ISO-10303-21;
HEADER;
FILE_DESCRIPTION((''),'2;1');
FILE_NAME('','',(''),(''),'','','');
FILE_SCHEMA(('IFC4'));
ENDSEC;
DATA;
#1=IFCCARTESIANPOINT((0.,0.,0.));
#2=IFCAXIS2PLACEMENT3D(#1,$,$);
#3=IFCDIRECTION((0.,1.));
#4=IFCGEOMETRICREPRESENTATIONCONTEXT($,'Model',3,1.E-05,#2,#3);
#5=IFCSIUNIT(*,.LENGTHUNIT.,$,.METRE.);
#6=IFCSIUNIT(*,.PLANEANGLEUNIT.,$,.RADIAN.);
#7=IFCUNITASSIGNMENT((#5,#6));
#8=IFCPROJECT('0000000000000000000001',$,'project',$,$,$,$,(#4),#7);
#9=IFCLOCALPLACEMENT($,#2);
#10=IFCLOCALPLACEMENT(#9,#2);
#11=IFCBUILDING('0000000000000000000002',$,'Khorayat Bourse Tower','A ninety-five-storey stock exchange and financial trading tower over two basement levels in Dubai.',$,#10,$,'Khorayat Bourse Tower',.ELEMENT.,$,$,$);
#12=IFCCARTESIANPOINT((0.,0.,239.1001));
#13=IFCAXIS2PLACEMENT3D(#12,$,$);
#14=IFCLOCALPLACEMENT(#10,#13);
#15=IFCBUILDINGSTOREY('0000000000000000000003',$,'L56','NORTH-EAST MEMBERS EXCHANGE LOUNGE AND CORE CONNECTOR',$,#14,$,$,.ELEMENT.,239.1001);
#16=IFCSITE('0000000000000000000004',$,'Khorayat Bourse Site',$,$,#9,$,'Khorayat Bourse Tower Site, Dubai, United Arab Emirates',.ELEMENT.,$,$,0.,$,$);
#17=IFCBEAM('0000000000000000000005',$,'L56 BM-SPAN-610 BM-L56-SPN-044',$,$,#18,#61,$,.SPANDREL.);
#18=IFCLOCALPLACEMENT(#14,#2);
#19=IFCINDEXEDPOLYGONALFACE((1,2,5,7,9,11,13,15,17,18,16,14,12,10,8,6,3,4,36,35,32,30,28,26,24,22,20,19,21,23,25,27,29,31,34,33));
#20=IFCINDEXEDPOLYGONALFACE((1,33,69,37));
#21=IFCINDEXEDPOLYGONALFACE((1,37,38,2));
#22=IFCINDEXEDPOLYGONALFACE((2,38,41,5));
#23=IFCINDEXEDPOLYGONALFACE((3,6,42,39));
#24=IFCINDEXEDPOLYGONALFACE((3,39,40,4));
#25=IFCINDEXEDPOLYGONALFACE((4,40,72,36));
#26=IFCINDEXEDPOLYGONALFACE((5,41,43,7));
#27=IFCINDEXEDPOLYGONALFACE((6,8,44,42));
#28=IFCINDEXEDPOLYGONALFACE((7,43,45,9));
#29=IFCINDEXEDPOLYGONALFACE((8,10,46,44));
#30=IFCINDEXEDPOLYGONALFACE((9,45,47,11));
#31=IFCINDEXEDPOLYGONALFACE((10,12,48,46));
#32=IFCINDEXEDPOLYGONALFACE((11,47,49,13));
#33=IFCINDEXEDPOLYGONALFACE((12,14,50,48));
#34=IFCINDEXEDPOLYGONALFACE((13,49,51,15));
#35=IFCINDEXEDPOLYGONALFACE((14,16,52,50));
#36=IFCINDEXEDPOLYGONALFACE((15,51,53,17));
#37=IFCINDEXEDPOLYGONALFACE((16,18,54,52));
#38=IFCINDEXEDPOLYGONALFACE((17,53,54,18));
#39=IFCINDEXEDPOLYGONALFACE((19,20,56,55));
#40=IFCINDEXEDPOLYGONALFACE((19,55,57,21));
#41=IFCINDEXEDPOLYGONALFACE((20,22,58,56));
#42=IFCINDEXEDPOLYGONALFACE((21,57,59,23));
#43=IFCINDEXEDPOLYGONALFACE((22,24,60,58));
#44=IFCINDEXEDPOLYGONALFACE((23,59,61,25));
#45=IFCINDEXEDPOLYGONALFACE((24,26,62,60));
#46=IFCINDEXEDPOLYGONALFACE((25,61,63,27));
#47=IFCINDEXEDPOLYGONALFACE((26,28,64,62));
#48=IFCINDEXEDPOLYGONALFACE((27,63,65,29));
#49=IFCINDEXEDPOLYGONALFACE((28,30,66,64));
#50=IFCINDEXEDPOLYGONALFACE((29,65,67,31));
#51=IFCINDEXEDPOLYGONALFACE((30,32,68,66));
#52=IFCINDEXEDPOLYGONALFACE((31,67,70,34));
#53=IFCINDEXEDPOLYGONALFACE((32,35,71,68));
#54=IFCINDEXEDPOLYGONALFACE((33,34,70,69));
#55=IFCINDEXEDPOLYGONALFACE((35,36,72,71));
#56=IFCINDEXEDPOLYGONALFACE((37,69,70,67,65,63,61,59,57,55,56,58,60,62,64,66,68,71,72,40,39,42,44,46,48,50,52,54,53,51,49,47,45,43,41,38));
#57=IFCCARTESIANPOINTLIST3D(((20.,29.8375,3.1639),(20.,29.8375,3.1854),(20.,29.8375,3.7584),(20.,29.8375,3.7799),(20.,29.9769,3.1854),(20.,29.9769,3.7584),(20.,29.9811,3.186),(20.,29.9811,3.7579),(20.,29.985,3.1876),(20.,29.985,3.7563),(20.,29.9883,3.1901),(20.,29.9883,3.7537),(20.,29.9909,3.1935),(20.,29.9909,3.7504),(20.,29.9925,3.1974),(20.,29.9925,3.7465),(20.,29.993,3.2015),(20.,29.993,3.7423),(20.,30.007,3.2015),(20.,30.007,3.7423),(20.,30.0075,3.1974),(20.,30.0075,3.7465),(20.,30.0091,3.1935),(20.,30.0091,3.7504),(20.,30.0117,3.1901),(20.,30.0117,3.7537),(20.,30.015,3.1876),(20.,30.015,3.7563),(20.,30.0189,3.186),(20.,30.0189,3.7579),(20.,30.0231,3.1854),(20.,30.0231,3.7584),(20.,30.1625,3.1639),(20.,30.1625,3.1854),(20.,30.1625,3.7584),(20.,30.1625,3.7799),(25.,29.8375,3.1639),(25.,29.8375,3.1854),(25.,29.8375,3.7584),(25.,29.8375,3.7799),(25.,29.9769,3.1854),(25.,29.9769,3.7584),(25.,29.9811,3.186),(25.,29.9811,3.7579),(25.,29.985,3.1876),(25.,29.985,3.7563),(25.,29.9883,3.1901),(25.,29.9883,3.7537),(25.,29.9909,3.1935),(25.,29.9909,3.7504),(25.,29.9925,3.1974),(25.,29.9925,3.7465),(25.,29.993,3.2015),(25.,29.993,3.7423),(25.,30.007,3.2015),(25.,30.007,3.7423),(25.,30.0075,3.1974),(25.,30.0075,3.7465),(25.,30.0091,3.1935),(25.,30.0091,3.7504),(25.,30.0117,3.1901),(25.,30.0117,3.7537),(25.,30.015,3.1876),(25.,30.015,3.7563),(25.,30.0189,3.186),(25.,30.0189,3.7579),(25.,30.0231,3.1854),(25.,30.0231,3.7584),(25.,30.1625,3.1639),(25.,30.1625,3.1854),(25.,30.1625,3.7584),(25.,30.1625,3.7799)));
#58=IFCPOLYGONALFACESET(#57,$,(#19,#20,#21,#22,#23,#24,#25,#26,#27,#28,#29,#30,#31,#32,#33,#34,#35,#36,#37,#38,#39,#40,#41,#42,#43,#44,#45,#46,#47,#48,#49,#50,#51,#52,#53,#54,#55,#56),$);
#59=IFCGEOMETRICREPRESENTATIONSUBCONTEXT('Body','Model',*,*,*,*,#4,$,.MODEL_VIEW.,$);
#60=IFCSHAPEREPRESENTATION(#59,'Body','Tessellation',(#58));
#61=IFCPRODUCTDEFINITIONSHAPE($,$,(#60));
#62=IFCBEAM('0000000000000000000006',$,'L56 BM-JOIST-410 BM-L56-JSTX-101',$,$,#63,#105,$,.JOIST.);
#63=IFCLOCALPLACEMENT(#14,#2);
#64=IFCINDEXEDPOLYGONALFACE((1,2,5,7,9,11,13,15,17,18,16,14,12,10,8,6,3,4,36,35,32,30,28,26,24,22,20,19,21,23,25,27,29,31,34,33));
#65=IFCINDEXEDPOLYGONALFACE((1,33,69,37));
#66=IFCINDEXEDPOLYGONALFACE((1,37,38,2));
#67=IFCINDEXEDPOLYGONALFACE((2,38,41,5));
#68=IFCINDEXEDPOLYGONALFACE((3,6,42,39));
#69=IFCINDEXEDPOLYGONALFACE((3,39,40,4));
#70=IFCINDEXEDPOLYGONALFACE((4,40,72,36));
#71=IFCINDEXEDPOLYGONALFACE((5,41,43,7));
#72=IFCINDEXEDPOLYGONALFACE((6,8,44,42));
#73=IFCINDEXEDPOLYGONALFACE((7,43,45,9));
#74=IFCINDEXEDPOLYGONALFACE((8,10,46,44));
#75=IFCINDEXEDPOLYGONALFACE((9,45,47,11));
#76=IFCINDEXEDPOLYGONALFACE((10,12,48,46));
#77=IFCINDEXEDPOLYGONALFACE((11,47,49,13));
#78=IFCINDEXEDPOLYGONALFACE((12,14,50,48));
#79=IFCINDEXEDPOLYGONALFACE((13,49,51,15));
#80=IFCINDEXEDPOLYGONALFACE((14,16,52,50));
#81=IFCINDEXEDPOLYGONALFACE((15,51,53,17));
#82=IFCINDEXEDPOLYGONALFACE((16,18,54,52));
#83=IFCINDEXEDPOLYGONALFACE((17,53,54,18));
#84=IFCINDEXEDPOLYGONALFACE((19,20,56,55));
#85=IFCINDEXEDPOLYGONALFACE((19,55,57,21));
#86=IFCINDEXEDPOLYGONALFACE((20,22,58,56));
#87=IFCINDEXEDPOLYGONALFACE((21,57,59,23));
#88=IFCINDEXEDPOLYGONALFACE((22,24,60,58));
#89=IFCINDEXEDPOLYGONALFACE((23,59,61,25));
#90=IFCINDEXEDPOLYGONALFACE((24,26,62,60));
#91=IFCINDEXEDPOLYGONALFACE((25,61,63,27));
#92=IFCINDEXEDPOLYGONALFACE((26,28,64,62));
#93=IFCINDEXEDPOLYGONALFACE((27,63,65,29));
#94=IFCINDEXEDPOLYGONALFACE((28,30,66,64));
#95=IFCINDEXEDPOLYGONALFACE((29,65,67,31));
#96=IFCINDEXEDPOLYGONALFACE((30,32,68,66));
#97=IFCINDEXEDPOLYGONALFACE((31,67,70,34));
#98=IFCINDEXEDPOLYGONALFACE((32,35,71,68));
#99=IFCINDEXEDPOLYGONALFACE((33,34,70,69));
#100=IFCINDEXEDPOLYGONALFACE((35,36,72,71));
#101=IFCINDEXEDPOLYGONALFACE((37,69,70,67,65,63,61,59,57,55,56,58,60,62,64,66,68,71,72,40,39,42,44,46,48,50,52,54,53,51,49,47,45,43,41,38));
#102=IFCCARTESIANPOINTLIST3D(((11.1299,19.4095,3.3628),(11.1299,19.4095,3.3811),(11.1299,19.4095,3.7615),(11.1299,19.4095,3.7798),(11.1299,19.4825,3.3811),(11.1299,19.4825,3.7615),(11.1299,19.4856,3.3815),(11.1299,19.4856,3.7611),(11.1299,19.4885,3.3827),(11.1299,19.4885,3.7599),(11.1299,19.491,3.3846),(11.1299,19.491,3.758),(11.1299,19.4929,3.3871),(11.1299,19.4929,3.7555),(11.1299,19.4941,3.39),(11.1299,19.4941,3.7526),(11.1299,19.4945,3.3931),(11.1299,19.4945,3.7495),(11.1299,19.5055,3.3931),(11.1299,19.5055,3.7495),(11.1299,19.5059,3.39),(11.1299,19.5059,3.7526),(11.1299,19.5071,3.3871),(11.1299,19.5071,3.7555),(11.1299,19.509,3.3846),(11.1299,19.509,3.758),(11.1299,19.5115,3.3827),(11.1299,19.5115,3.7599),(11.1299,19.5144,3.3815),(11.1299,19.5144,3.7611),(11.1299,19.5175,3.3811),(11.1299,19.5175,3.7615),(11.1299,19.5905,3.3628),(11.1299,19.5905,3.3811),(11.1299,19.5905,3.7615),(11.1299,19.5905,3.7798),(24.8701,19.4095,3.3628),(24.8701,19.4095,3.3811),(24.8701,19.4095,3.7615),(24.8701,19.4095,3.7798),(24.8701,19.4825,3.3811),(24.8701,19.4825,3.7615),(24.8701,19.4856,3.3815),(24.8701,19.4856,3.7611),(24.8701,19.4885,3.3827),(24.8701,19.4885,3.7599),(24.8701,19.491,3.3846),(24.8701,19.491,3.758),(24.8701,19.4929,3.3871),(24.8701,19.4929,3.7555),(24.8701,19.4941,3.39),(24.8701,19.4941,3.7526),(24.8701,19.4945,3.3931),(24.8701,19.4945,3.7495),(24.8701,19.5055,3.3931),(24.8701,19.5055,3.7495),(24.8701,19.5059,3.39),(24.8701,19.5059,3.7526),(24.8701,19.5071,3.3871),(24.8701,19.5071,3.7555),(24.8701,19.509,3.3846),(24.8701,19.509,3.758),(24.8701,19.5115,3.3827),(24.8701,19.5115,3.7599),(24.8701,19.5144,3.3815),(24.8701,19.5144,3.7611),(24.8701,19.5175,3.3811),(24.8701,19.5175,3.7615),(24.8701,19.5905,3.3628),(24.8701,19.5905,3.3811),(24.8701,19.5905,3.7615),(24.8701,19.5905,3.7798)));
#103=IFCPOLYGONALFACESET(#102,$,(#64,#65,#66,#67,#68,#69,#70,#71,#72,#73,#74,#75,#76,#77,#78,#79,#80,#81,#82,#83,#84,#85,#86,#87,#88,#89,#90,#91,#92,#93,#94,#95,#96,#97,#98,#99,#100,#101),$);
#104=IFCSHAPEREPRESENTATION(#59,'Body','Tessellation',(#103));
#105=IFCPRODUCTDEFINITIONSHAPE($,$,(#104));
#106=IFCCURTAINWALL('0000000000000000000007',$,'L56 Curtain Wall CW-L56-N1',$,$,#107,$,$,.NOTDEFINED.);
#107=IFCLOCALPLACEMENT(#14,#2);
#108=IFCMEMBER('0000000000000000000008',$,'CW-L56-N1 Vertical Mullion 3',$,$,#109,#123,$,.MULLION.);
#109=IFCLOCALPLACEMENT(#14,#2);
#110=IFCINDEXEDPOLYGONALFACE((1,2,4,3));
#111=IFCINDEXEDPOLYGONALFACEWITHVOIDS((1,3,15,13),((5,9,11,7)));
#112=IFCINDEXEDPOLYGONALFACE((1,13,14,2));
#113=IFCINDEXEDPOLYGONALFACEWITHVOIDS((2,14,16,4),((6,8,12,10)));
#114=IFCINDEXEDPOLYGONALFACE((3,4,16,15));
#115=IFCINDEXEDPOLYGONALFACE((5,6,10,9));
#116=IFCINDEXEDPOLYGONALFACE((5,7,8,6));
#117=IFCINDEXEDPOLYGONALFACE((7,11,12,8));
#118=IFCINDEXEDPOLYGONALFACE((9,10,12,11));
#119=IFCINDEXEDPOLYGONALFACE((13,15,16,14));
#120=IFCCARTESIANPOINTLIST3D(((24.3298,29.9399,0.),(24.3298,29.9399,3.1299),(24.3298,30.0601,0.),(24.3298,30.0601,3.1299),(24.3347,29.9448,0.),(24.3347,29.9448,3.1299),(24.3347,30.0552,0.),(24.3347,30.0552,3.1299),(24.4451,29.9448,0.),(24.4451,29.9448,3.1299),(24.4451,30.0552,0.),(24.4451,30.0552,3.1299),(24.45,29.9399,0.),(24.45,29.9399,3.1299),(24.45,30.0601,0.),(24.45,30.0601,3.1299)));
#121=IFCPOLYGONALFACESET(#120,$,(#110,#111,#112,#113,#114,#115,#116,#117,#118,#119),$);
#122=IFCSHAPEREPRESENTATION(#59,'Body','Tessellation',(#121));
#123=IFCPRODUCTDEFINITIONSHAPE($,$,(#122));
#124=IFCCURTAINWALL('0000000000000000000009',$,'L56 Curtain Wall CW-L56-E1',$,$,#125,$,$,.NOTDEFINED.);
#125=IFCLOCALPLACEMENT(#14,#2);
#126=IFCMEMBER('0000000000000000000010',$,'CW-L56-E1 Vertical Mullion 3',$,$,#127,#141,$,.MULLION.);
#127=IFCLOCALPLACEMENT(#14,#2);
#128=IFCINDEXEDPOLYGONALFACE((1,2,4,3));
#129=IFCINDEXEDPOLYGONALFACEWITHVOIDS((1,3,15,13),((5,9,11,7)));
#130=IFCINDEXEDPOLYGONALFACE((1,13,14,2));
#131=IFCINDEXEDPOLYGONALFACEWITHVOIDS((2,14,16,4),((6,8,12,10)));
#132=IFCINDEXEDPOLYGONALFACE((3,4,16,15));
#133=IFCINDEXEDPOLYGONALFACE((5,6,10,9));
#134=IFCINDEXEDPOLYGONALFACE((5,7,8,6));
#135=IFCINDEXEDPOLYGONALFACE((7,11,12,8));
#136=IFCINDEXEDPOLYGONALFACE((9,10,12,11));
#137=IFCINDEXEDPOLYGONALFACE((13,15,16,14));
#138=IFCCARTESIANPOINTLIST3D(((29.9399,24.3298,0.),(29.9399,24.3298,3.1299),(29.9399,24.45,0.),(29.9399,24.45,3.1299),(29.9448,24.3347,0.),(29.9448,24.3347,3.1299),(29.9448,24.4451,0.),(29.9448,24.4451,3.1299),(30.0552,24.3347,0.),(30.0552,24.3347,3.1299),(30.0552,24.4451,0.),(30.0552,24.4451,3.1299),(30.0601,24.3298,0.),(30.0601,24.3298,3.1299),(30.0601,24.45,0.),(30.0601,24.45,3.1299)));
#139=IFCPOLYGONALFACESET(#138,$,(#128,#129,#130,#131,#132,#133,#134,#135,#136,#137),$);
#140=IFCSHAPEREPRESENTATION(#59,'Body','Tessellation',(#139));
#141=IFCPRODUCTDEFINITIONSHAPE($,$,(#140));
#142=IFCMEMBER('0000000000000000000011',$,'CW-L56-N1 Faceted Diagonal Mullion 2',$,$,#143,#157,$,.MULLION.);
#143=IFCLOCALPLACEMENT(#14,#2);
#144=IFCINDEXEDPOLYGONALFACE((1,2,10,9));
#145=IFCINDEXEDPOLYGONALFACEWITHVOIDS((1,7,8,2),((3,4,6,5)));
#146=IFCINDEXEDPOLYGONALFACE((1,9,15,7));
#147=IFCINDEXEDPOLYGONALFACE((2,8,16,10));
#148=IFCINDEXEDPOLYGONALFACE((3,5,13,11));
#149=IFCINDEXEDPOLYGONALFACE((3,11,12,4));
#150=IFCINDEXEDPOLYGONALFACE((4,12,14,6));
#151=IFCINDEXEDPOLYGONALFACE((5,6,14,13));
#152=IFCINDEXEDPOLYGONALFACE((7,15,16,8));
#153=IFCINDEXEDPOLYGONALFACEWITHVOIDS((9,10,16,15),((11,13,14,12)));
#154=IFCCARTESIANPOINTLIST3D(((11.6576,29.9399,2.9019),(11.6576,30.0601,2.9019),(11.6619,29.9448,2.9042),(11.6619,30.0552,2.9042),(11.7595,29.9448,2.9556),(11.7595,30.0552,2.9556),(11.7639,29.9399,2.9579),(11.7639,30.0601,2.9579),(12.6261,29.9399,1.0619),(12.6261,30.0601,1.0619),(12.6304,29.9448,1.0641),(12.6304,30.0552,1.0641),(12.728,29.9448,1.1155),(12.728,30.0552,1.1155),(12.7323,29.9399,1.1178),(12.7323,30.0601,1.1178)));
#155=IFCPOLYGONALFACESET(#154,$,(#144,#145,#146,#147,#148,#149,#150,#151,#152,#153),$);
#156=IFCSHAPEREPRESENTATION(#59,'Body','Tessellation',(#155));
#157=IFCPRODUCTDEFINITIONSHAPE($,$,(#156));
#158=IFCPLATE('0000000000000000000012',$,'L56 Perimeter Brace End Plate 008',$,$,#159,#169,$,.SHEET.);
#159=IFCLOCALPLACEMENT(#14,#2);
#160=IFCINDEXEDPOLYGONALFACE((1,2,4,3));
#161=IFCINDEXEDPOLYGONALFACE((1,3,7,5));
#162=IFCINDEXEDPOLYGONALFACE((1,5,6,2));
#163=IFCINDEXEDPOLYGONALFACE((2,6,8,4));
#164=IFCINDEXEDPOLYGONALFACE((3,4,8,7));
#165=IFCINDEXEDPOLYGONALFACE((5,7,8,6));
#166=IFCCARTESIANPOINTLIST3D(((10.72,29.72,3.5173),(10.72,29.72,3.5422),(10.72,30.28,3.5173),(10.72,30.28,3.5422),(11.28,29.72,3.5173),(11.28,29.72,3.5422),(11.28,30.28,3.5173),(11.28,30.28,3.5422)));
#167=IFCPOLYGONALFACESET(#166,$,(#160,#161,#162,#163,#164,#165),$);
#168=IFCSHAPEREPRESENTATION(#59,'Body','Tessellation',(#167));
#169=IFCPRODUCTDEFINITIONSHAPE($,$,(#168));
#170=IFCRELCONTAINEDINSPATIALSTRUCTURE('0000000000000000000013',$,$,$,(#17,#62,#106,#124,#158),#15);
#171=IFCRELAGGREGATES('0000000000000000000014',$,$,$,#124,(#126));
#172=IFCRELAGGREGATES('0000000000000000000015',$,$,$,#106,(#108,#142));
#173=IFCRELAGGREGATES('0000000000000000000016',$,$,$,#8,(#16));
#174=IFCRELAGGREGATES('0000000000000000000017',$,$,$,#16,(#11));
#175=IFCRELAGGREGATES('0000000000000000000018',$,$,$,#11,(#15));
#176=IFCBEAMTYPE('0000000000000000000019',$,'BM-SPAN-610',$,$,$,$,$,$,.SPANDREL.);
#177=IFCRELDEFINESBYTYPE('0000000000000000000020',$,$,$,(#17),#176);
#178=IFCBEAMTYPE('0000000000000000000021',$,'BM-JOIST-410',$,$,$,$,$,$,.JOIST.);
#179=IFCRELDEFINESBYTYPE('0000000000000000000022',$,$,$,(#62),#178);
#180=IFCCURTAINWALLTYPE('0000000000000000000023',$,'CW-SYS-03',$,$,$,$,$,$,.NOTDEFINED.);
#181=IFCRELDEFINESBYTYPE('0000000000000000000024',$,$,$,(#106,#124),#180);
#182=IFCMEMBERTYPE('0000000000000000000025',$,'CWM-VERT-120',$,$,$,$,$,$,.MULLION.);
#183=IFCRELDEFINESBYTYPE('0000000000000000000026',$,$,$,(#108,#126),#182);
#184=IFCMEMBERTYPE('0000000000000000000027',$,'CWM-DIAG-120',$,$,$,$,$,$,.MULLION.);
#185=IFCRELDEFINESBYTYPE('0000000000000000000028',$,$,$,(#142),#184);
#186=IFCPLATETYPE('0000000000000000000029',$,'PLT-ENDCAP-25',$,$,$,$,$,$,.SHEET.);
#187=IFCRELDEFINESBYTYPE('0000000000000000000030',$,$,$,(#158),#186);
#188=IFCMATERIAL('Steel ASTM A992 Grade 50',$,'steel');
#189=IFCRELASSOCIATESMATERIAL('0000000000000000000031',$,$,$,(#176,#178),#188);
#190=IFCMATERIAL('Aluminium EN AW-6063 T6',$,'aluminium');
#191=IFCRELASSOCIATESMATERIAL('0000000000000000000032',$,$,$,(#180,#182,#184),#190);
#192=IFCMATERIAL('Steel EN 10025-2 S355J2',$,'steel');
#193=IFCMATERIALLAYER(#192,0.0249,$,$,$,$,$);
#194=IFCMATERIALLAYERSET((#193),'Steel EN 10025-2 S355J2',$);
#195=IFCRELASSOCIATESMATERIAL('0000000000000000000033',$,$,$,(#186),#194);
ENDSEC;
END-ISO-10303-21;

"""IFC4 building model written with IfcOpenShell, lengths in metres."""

from ifc_helpers import new_model, si_unit, direction, frame, origin, origin_2d, place, context, subcontext, project, spatial, rectangle, hollow_rectangle, i_section, extrude, source, transform, mapped, material, layer, layer_set, material_profile, profile_set, type_object, element, aggregate, save


model = new_model("IFC4")

# Units and contexts
model_context = context("Model", 3, precision=1e-05, world=origin(), true_north=direction((0.0, 1.0)))
body_context = subcontext(model_context, "Body", "Model", "MODEL_VIEW")
ifc_project = project(units=[si_unit("LENGTHUNIT", "METRE"), si_unit("PLANEANGLEUNIT", "RADIAN")], contexts=[model_context])

# Site, building, storey
site_placement = place(None, origin())
site = spatial("IfcSite", under=ifc_project, at=site_placement, Name="Khorayat Bourse Site", LongName="Khorayat Bourse Tower Site, Dubai, United Arab Emirates", CompositionType="ELEMENT", RefElevation=0.0)
building_placement = place(site_placement, origin())
building = spatial("IfcBuilding", under=site, at=building_placement, Name="Khorayat Bourse Tower", Description="A ninety-five-storey stock exchange and financial trading tower over two basement levels in Dubai.", LongName="Khorayat Bourse Tower", CompositionType="ELEMENT")
storey_placement = place(building_placement, frame((0.0, 0.0, 239.1001)))
storey = spatial("IfcBuildingStorey", under=building, at=storey_placement, Name="L56", Description="NORTH-EAST MEMBERS EXCHANGE LOUNGE AND CORE CONNECTOR", CompositionType="ELEMENT", Elevation=239.1001)

# Beams
ifc_material_1 = material(Name="Steel ASTM A992 Grade 50", Category="steel")
ifc_material_profile_1 = material_profile(ifc_material_1, i_section(OverallWidth=0.325, OverallDepth=0.616, WebThickness=0.0139, FlangeThickness=0.0215, FilletRadius=0.0161, at=origin_2d()), Name="W610X174")
ifc_profile_set_1 = profile_set([ifc_material_profile_1], Name="Steel ASTM A992 Grade 50")
beam_type_1 = type_object("IfcBeamType", Name="BM-SPAN-610", PredefinedType="SPANDREL", material=ifc_profile_set_1)
shared_shape_1 = source(origin(), body_context, "Body", "SweptSolid", [
    extrude(i_section(OverallWidth=0.325, OverallDepth=0.616, WebThickness=0.0139, FlangeThickness=0.0215, FilletRadius=0.0161, at=origin_2d()), origin(), (0.0, 0.0, 1.0), 5.0),
])
for number, where, z_axis, x_axis, name in (
    (1, (20.0, 30.0, 3.4719), (1.0, 0.0, 0.0), (0.0, 1.0, 0.0), "L56 BM-SPAN-610 BM-L56-SPN-044"),
):
    element("IfcBeam", number, at=place(storey_placement, frame(where, z_axis=z_axis, x_axis=x_axis)), inside=storey, type_object=beam_type_1, Name=name, PredefinedType="SPANDREL", context=body_context, shape_type="MappedRepresentation", body=[
        mapped(shared_shape_1, transform((0.0, 0.0, 0.0), scale=1.0)),
    ])
ifc_material_profile_2 = material_profile(ifc_material_1, i_section(OverallWidth=0.1809, OverallDepth=0.417, WebThickness=0.011, FlangeThickness=0.0183, FilletRadius=0.012, at=origin_2d()), Name="W410X85")
ifc_profile_set_2 = profile_set([ifc_material_profile_2], Name="Steel ASTM A992 Grade 50")
beam_type_2 = type_object("IfcBeamType", Name="BM-JOIST-410", PredefinedType="JOIST", material=ifc_profile_set_2)
shared_shape_2 = source(origin(), body_context, "Body", "SweptSolid", [
    extrude(i_section(OverallWidth=0.1809, OverallDepth=0.417, WebThickness=0.011, FlangeThickness=0.0183, FilletRadius=0.012, at=origin_2d()), origin(), (0.0, 0.0, 1.0), 13.7402),
])
beam_1_placement = place(storey_placement, frame((11.1299, 19.5, 3.5713), z_axis=(1.0, 0.0, 0.0), x_axis=(0.0, 1.0, 0.0)))
element("IfcBeam", 2, at=beam_1_placement, inside=storey, type_object=beam_type_2, Name="L56 BM-JOIST-410 BM-L56-JSTX-101", PredefinedType="JOIST", context=body_context, shape_type="MappedRepresentation", body=[
    mapped(shared_shape_2, transform((0.0, 0.0, 0.0), scale=1.0)),
])

# Curtain walls, members
ifc_material_2 = material(Name="Aluminium EN AW-6063 T6", Category="aluminium")
curtain_wall_type = type_object("IfcCurtainWallType", Name="CW-SYS-03", PredefinedType="NOTDEFINED", material=ifc_material_2)
curtain_wall_1_placement = place(storey_placement, origin())
curtain_wall_1 = element("IfcCurtainWall", 3, at=curtain_wall_1_placement, inside=storey, type_object=curtain_wall_type, Name="L56 Curtain Wall CW-L56-N1", PredefinedType="NOTDEFINED")
ifc_material_profile_3 = material_profile(ifc_material_2, hollow_rectangle(XDim=0.1201, YDim=0.1201, WallThickness=0.0049, at=origin_2d()), Name="ALU 120x120x5")
ifc_profile_set_3 = profile_set([ifc_material_profile_3], Name="Aluminium EN AW-6063 T6")
member_type_1 = type_object("IfcMemberType", Name="CWM-VERT-120", PredefinedType="MULLION", material=ifc_profile_set_3)
shared_shape_3 = source(origin(), body_context, "Body", "SweptSolid", [
    extrude(hollow_rectangle(XDim=0.1201, YDim=0.1201, WallThickness=0.0049, at=origin_2d()), origin(), (0.0, 0.0, 1.0), 3.1299),
])
member_1_placement = place(storey_placement, frame((24.3899, 30.0, 0.0), z_axis=(0.0, 0.0, 1.0), x_axis=(0.0, 1.0, 0.0)))
member_1 = element("IfcMember", 4, at=member_1_placement, type_object=member_type_1, Name="CW-L56-N1 Vertical Mullion 3", PredefinedType="MULLION", context=body_context, shape_type="MappedRepresentation", body=[
    mapped(shared_shape_3, transform((0.0, 0.0, 0.0), scale=1.0)),
])
curtain_wall_2_placement = place(storey_placement, origin())
curtain_wall_2 = element("IfcCurtainWall", 5, at=curtain_wall_2_placement, inside=storey, type_object=curtain_wall_type, Name="L56 Curtain Wall CW-L56-E1", PredefinedType="NOTDEFINED")
member_2_placement = place(storey_placement, frame((30.0, 24.3899, 0.0), z_axis=(0.0, 0.0, 1.0), x_axis=(-1.0, 0.0, 0.0)))
member_2 = element("IfcMember", 6, at=member_2_placement, type_object=member_type_1, Name="CW-L56-E1 Vertical Mullion 3", PredefinedType="MULLION", context=body_context, shape_type="MappedRepresentation", body=[
    mapped(shared_shape_3, transform((0.0, 0.0, 0.0), scale=1.0)),
])
aggregate(curtain_wall_2, [member_2])

# Member
ifc_material_profile_4 = material_profile(ifc_material_2, hollow_rectangle(XDim=0.1201, YDim=0.1201, WallThickness=0.0049, at=origin_2d()), Name="ALU 120x120x5")
ifc_profile_set_4 = profile_set([ifc_material_profile_4], Name="Aluminium EN AW-6063 T6")
member_type_2 = type_object("IfcMemberType", Name="CWM-DIAG-120", PredefinedType="MULLION", material=ifc_profile_set_4)
shared_shape_4 = source(origin(), body_context, "Body", "SweptSolid", [
    extrude(hollow_rectangle(XDim=0.1201, YDim=0.1201, WallThickness=0.0049, at=origin_2d()), origin(), (0.0, 0.0, 1.0), 2.0793),
])
member_3_placement = place(storey_placement, frame((12.6792, 30.0, 1.0898), z_axis=(-0.465761, 0.0, 0.884911), x_axis=(0.0, -1.0, 0.0)))
member_3 = element("IfcMember", 7, at=member_3_placement, type_object=member_type_2, Name="CW-L56-N1 Faceted Diagonal Mullion 2", PredefinedType="MULLION", context=body_context, shape_type="MappedRepresentation", body=[
    mapped(shared_shape_4, transform((0.0, 0.0, 0.0), scale=1.0)),
])

# Plate
ifc_material_3 = material(Name="Steel EN 10025-2 S355J2", Category="steel")
ifc_layer_1 = layer(ifc_material_3, 0.0249)
ifc_layer_set_1 = layer_set([ifc_layer_1], Name="Steel EN 10025-2 S355J2")
plate_type_1 = type_object("IfcPlateType", Name="PLT-ENDCAP-25", PredefinedType="SHEET", material=ifc_layer_set_1)
shared_shape_5 = source(origin(), body_context, "Body", "SweptSolid", [
    extrude(rectangle(XDim=0.5601, YDim=0.5601, at=origin_2d()), origin(), (0.0, 0.0, 1.0), 0.0249),
])
plate_1_placement = place(storey_placement, frame((11.0, 30.0, 3.5173), z_axis=(0.0, 0.0, 1.0), x_axis=(1.0, 0.0, 0.0)))
element("IfcPlate", 8, at=plate_1_placement, inside=storey, type_object=plate_type_1, Name="L56 Perimeter Brace End Plate 008", PredefinedType="SHEET", context=body_context, shape_type="MappedRepresentation", body=[
    mapped(shared_shape_5, transform((0.0, 0.0, 0.0), scale=1.0)),
])
aggregate(curtain_wall_1, [member_1, member_3])

save(model, "model.ifc")
